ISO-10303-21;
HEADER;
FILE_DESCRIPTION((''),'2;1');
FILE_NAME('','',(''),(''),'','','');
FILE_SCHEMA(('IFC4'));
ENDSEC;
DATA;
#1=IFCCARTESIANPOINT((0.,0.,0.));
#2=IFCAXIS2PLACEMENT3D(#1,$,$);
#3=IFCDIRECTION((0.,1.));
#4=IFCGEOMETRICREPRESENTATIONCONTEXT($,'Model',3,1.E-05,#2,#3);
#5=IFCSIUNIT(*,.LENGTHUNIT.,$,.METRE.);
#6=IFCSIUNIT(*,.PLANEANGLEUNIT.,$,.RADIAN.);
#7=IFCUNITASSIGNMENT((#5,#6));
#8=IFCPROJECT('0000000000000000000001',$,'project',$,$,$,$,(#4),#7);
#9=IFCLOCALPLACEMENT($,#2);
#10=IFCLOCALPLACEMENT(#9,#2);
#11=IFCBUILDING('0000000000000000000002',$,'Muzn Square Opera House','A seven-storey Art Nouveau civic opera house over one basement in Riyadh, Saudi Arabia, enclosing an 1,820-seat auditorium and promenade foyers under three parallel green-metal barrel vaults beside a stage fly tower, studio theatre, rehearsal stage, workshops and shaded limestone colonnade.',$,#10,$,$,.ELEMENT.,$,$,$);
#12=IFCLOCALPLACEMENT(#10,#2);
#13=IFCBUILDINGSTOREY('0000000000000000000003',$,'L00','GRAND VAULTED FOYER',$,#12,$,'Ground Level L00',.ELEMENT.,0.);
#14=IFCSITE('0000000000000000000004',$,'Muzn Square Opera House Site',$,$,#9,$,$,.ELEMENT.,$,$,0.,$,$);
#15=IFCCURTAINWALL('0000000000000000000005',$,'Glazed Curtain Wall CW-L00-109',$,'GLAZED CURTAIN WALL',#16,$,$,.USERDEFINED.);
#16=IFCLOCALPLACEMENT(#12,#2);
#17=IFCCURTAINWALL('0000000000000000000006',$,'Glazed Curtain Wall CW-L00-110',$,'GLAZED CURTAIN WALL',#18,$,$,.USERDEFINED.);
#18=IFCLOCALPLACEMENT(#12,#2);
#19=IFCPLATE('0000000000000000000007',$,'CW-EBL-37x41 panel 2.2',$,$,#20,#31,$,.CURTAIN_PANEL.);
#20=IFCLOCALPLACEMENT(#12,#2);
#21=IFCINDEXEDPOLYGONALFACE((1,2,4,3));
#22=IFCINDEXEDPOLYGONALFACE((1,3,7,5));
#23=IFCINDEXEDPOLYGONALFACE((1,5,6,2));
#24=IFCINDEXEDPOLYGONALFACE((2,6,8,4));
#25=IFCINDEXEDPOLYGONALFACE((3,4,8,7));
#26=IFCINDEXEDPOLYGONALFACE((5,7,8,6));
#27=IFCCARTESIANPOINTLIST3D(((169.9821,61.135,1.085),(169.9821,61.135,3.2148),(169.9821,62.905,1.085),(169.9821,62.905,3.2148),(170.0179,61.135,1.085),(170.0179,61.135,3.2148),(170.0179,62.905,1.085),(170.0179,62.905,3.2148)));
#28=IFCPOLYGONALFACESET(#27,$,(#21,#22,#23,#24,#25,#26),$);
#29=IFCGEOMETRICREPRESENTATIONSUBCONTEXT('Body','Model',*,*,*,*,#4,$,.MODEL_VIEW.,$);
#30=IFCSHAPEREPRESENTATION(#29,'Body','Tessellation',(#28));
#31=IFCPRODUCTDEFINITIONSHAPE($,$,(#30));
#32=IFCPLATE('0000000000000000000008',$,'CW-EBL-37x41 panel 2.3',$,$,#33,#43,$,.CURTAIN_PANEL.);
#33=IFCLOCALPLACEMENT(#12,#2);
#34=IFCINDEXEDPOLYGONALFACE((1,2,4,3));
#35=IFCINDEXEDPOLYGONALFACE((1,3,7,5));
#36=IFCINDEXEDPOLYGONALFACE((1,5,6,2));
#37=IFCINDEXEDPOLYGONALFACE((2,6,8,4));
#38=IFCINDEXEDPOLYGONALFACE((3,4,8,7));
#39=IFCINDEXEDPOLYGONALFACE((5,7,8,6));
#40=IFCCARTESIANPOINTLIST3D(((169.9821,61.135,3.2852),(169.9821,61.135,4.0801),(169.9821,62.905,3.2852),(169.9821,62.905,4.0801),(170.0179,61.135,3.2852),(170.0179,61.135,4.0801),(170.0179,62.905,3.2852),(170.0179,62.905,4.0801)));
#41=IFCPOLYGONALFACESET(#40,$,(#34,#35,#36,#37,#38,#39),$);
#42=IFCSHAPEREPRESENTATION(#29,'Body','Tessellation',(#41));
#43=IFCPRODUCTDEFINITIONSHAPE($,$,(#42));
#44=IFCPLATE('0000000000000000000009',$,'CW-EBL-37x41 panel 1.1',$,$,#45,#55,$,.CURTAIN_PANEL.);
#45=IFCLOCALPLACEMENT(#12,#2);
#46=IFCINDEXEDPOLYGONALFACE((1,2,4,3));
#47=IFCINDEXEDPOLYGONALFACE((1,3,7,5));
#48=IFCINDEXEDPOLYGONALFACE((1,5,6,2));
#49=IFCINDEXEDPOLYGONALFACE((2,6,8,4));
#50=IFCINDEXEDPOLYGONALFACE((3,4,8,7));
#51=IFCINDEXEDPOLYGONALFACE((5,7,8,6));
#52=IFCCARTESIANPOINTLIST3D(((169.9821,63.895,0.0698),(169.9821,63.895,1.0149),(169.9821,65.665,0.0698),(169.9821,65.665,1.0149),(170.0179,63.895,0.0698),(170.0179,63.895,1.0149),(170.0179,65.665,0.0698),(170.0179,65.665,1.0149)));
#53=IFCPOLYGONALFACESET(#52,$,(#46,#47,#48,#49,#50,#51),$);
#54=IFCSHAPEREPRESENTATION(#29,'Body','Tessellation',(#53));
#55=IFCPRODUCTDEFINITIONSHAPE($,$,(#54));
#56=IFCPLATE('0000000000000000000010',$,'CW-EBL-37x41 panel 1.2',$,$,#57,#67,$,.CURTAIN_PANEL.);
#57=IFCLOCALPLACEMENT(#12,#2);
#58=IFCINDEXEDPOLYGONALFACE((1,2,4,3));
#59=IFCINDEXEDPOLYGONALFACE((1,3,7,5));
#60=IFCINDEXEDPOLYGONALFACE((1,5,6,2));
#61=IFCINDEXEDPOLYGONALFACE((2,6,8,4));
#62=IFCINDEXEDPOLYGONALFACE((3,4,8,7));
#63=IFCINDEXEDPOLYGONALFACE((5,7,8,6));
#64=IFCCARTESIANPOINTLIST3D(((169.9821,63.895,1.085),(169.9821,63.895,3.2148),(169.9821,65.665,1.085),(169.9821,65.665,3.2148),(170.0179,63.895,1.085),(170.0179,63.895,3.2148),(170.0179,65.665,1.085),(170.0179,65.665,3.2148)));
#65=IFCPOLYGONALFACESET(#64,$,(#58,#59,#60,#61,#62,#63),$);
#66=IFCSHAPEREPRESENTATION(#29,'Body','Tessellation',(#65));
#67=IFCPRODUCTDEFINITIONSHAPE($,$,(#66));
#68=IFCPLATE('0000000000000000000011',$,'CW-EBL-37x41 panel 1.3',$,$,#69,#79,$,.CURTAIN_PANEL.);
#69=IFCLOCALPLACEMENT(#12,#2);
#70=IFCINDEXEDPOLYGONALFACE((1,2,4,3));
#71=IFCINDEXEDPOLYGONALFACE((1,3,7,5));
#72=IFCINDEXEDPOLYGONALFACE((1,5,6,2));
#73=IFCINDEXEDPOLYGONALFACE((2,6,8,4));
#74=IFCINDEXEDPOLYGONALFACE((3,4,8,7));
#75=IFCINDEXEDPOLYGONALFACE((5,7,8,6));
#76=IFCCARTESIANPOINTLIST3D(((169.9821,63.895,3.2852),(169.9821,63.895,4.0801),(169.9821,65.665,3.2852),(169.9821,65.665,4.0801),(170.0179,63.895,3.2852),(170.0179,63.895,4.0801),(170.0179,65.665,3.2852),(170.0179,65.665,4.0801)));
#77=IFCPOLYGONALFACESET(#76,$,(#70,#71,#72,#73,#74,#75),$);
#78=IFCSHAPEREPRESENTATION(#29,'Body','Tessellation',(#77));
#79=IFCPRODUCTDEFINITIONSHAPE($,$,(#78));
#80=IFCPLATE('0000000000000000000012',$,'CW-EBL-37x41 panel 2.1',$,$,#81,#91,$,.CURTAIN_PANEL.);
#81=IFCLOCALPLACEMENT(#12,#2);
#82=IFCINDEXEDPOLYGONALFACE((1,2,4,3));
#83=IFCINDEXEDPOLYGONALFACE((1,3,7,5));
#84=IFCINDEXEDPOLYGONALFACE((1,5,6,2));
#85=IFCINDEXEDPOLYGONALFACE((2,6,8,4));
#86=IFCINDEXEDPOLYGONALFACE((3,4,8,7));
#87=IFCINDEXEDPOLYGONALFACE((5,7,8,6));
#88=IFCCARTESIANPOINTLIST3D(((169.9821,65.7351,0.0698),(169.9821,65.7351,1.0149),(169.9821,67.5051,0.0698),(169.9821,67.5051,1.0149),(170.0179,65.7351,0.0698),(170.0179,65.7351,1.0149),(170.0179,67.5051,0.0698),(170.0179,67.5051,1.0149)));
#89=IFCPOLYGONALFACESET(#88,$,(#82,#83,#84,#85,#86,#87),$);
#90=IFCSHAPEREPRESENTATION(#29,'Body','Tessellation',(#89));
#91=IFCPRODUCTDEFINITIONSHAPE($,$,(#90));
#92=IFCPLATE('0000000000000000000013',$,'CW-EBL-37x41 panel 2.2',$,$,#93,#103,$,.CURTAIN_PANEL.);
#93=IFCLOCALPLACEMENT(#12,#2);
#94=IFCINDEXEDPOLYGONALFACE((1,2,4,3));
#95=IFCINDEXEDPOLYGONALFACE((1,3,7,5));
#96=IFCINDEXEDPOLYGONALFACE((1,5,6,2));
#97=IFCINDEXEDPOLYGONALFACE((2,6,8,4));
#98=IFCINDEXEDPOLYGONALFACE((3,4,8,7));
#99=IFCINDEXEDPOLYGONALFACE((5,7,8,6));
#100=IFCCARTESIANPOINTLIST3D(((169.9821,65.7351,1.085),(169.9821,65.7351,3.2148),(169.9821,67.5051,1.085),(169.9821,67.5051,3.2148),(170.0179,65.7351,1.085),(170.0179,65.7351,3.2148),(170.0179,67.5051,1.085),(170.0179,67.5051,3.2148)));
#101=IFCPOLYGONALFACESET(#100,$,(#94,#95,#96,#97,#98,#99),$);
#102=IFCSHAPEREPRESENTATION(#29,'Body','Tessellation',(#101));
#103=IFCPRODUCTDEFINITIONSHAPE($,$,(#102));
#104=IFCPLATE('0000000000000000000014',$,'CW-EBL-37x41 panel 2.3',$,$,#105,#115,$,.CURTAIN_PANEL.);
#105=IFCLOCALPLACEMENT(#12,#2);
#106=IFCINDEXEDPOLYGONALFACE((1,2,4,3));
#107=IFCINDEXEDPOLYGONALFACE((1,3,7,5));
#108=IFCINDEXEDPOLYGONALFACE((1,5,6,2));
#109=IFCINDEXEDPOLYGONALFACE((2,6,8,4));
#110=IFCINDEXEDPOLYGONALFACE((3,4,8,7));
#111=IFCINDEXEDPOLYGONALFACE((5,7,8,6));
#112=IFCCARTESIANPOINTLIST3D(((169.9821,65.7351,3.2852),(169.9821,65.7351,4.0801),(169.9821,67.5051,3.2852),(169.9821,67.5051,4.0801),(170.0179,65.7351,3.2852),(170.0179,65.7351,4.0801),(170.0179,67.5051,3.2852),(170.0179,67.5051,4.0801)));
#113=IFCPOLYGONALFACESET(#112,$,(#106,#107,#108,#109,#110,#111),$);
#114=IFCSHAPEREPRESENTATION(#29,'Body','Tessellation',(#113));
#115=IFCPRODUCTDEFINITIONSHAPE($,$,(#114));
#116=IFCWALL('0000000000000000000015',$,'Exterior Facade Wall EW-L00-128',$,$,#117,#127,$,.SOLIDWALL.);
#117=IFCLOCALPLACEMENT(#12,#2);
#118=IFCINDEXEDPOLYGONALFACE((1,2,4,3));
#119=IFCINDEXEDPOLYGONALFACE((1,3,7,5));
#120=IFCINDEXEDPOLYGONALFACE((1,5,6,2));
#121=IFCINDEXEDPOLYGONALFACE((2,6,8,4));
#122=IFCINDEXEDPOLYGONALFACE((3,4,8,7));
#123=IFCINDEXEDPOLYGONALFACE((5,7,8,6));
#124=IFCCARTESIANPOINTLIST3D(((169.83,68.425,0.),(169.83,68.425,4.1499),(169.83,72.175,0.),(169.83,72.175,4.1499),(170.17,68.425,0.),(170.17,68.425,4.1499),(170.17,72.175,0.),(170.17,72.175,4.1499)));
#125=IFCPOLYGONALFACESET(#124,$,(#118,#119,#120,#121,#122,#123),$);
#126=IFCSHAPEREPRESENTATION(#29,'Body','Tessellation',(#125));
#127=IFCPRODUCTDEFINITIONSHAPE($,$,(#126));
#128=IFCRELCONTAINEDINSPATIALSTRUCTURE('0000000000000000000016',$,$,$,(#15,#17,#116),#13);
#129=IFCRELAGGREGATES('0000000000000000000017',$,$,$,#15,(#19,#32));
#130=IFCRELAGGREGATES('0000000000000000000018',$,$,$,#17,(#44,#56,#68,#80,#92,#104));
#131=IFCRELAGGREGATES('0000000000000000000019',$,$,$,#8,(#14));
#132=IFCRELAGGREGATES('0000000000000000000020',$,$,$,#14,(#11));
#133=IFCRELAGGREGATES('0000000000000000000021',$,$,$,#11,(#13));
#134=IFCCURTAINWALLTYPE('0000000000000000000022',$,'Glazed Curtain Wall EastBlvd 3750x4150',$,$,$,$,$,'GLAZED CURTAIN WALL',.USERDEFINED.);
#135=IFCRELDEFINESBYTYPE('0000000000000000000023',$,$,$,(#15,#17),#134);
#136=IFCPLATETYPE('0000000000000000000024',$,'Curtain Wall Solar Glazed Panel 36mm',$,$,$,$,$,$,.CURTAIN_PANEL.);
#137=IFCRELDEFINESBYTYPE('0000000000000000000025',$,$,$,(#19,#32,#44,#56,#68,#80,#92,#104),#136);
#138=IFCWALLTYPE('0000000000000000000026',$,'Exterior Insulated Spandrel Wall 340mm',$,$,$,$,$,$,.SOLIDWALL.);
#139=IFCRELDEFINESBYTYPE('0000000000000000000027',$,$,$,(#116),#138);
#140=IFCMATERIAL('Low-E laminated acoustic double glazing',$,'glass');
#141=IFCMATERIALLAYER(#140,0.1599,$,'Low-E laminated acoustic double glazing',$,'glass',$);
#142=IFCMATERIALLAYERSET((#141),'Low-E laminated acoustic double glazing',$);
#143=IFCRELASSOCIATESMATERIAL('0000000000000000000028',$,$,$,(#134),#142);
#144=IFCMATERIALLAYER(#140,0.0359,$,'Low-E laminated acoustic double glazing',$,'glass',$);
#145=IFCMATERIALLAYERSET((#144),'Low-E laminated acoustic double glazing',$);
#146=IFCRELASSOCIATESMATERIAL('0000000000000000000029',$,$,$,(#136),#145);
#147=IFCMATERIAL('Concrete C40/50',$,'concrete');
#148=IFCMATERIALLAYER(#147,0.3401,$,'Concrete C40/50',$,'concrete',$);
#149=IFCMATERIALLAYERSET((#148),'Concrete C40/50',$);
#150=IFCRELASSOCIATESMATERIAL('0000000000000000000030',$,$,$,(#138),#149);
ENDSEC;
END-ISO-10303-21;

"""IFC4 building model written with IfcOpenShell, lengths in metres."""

from ifc_helpers import new_model, si_unit, direction, frame, frame_2d, origin, origin_2d, place, context, subcontext, project, spatial, rectangle, extrude, material, layer, layer_set, type_object, element, aggregate, save


model = new_model("IFC4")

# Units and contexts
model_context = context("Model", 3, precision=1e-05, world=origin(), true_north=direction((0.0, 1.0)))
body_context = subcontext(model_context, "Body", "Model", "MODEL_VIEW")
ifc_project = project(units=[si_unit("LENGTHUNIT", "METRE"), si_unit("PLANEANGLEUNIT", "RADIAN")], contexts=[model_context])

# Site, building, storey
site_placement = place(None, origin())
site = spatial("IfcSite", under=ifc_project, at=site_placement, Name="Muzn Square Opera House Site", CompositionType="ELEMENT", RefElevation=0.0)
building_placement = place(site_placement, origin())
building = spatial("IfcBuilding", under=site, at=building_placement, Name="Muzn Square Opera House", Description="A seven-storey Art Nouveau civic opera house over one basement in Riyadh, Saudi Arabia, enclosing an 1,820-seat auditorium and promenade foyers under three parallel green-metal barrel vaults beside a stage fly tower, studio theatre, rehearsal stage, workshops and shaded limestone colonnade.", CompositionType="ELEMENT")
storey_placement = place(building_placement, origin())
storey = spatial("IfcBuildingStorey", under=building, at=storey_placement, Name="L00", Description="GRAND VAULTED FOYER", LongName="Ground Level L00", CompositionType="ELEMENT", Elevation=0.0)

# Curtain walls
ifc_material_1 = material(Name="Low-E laminated acoustic double glazing", Category="glass")
ifc_layer_1 = layer(ifc_material_1, 0.1599, Name="Low-E laminated acoustic double glazing", Category="glass")
ifc_layer_set_1 = layer_set([ifc_layer_1], Name="Low-E laminated acoustic double glazing")
curtain_wall_type = type_object("IfcCurtainWallType", Name="Glazed Curtain Wall EastBlvd 3750x4150", ElementType="GLAZED CURTAIN WALL", PredefinedType="USERDEFINED", material=ifc_layer_set_1)
curtain_wall_1_placement = place(storey_placement, origin())
curtain_wall_1 = element("IfcCurtainWall", 1, at=curtain_wall_1_placement, inside=storey, type_object=curtain_wall_type, Name="Glazed Curtain Wall CW-L00-109", ObjectType="GLAZED CURTAIN WALL", PredefinedType="USERDEFINED")
curtain_wall_2_placement = place(storey_placement, origin())
curtain_wall_2 = element("IfcCurtainWall", 2, at=curtain_wall_2_placement, inside=storey, type_object=curtain_wall_type, Name="Glazed Curtain Wall CW-L00-110", ObjectType="GLAZED CURTAIN WALL", PredefinedType="USERDEFINED")

# Shared definitions
ifc_material_2 = material(Name="Concrete C40/50", Category="concrete")

# Plates
ifc_layer_2 = layer(ifc_material_1, 0.0359, Name="Low-E laminated acoustic double glazing", Category="glass")
ifc_layer_set_2 = layer_set([ifc_layer_2], Name="Low-E laminated acoustic double glazing")
plate_type = type_object("IfcPlateType", Name="Curtain Wall Solar Glazed Panel 36mm", PredefinedType="CURTAIN_PANEL", material=ifc_layer_set_2)
plate_1_placement = place(storey_placement, frame((170.0, 62.02, 1.085), z_axis=(0.0, 0.0, 1.0), x_axis=(0.0, 1.0, 0.0)))
plate_1 = element("IfcPlate", 3, at=plate_1_placement, type_object=plate_type, Name="CW-EBL-37x41 panel 2.2", PredefinedType="CURTAIN_PANEL", context=body_context, shape_type="SweptSolid", body=[
    extrude(rectangle(XDim=1.77, YDim=0.0359, at=origin_2d()), origin(), (0.0, 0.0, 1.0), 2.1299),
])
plate_2_placement = place(storey_placement, frame((170.0, 62.02, 3.2852), z_axis=(0.0, 0.0, 1.0), x_axis=(0.0, 1.0, 0.0)))
plate_2 = element("IfcPlate", 4, at=plate_2_placement, type_object=plate_type, Name="CW-EBL-37x41 panel 2.3", PredefinedType="CURTAIN_PANEL", context=body_context, shape_type="SweptSolid", body=[
    extrude(rectangle(XDim=1.77, YDim=0.0359, at=origin_2d()), origin(), (0.0, 0.0, 1.0), 0.7949),
])
aggregate(curtain_wall_1, [plate_1, plate_2])
plate_3_placement = place(storey_placement, frame((170.0, 64.78, 0.0698), z_axis=(0.0, 0.0, 1.0), x_axis=(0.0, 1.0, 0.0)))
plate_3 = element("IfcPlate", 5, at=plate_3_placement, type_object=plate_type, Name="CW-EBL-37x41 panel 1.1", PredefinedType="CURTAIN_PANEL", context=body_context, shape_type="SweptSolid", body=[
    extrude(rectangle(XDim=1.77, YDim=0.0359, at=origin_2d()), origin(), (0.0, 0.0, 1.0), 0.9451),
])
plate_4_placement = place(storey_placement, frame((170.0, 64.78, 1.085), z_axis=(0.0, 0.0, 1.0), x_axis=(0.0, 1.0, 0.0)))
plate_4 = element("IfcPlate", 6, at=plate_4_placement, type_object=plate_type, Name="CW-EBL-37x41 panel 1.2", PredefinedType="CURTAIN_PANEL", context=body_context, shape_type="SweptSolid", body=[
    extrude(rectangle(XDim=1.77, YDim=0.0359, at=origin_2d()), origin(), (0.0, 0.0, 1.0), 2.1299),
])
plate_5_placement = place(storey_placement, frame((170.0, 64.78, 3.2852), z_axis=(0.0, 0.0, 1.0), x_axis=(0.0, 1.0, 0.0)))
plate_5 = element("IfcPlate", 7, at=plate_5_placement, type_object=plate_type, Name="CW-EBL-37x41 panel 1.3", PredefinedType="CURTAIN_PANEL", context=body_context, shape_type="SweptSolid", body=[
    extrude(rectangle(XDim=1.77, YDim=0.0359, at=origin_2d()), origin(), (0.0, 0.0, 1.0), 0.7949),
])
plate_6_placement = place(storey_placement, frame((170.0, 66.6201, 0.0698), z_axis=(0.0, 0.0, 1.0), x_axis=(0.0, 1.0, 0.0)))
plate_6 = element("IfcPlate", 8, at=plate_6_placement, type_object=plate_type, Name="CW-EBL-37x41 panel 2.1", PredefinedType="CURTAIN_PANEL", context=body_context, shape_type="SweptSolid", body=[
    extrude(rectangle(XDim=1.77, YDim=0.0359, at=origin_2d()), origin(), (0.0, 0.0, 1.0), 0.9451),
])
plate_7_placement = place(storey_placement, frame((170.0, 66.6201, 1.085), z_axis=(0.0, 0.0, 1.0), x_axis=(0.0, 1.0, 0.0)))
plate_7 = element("IfcPlate", 9, at=plate_7_placement, type_object=plate_type, Name="CW-EBL-37x41 panel 2.2", PredefinedType="CURTAIN_PANEL", context=body_context, shape_type="SweptSolid", body=[
    extrude(rectangle(XDim=1.77, YDim=0.0359, at=origin_2d()), origin(), (0.0, 0.0, 1.0), 2.1299),
])
plate_8_placement = place(storey_placement, frame((170.0, 66.6201, 3.2852), z_axis=(0.0, 0.0, 1.0), x_axis=(0.0, 1.0, 0.0)))
plate_8 = element("IfcPlate", 10, at=plate_8_placement, type_object=plate_type, Name="CW-EBL-37x41 panel 2.3", PredefinedType="CURTAIN_PANEL", context=body_context, shape_type="SweptSolid", body=[
    extrude(rectangle(XDim=1.77, YDim=0.0359, at=origin_2d()), origin(), (0.0, 0.0, 1.0), 0.7949),
])
aggregate(curtain_wall_2, [plate_3, plate_4, plate_5, plate_6, plate_7, plate_8])

# Wall
ifc_layer_3 = layer(ifc_material_2, 0.3401, Name="Concrete C40/50", Category="concrete")
ifc_layer_set_3 = layer_set([ifc_layer_3], Name="Concrete C40/50")
wall_type = type_object("IfcWallType", Name="Exterior Insulated Spandrel Wall 340mm", PredefinedType="SOLIDWALL", material=ifc_layer_set_3)
wall_placement = place(storey_placement, frame((170.0, 68.425, 0.0), z_axis=(0.0, 0.0, 1.0), x_axis=(0.0, 1.0, 0.0)))
element("IfcWall", 11, at=wall_placement, inside=storey, type_object=wall_type, Name="Exterior Facade Wall EW-L00-128", PredefinedType="SOLIDWALL", context=body_context, shape_type="SweptSolid", body=[
    extrude(rectangle(XDim=3.75, YDim=0.3401, at=frame_2d((1.875, 0.0))), origin(), (0.0, 0.0, 1.0), 4.1499),
])

save(model, "model.ifc")
